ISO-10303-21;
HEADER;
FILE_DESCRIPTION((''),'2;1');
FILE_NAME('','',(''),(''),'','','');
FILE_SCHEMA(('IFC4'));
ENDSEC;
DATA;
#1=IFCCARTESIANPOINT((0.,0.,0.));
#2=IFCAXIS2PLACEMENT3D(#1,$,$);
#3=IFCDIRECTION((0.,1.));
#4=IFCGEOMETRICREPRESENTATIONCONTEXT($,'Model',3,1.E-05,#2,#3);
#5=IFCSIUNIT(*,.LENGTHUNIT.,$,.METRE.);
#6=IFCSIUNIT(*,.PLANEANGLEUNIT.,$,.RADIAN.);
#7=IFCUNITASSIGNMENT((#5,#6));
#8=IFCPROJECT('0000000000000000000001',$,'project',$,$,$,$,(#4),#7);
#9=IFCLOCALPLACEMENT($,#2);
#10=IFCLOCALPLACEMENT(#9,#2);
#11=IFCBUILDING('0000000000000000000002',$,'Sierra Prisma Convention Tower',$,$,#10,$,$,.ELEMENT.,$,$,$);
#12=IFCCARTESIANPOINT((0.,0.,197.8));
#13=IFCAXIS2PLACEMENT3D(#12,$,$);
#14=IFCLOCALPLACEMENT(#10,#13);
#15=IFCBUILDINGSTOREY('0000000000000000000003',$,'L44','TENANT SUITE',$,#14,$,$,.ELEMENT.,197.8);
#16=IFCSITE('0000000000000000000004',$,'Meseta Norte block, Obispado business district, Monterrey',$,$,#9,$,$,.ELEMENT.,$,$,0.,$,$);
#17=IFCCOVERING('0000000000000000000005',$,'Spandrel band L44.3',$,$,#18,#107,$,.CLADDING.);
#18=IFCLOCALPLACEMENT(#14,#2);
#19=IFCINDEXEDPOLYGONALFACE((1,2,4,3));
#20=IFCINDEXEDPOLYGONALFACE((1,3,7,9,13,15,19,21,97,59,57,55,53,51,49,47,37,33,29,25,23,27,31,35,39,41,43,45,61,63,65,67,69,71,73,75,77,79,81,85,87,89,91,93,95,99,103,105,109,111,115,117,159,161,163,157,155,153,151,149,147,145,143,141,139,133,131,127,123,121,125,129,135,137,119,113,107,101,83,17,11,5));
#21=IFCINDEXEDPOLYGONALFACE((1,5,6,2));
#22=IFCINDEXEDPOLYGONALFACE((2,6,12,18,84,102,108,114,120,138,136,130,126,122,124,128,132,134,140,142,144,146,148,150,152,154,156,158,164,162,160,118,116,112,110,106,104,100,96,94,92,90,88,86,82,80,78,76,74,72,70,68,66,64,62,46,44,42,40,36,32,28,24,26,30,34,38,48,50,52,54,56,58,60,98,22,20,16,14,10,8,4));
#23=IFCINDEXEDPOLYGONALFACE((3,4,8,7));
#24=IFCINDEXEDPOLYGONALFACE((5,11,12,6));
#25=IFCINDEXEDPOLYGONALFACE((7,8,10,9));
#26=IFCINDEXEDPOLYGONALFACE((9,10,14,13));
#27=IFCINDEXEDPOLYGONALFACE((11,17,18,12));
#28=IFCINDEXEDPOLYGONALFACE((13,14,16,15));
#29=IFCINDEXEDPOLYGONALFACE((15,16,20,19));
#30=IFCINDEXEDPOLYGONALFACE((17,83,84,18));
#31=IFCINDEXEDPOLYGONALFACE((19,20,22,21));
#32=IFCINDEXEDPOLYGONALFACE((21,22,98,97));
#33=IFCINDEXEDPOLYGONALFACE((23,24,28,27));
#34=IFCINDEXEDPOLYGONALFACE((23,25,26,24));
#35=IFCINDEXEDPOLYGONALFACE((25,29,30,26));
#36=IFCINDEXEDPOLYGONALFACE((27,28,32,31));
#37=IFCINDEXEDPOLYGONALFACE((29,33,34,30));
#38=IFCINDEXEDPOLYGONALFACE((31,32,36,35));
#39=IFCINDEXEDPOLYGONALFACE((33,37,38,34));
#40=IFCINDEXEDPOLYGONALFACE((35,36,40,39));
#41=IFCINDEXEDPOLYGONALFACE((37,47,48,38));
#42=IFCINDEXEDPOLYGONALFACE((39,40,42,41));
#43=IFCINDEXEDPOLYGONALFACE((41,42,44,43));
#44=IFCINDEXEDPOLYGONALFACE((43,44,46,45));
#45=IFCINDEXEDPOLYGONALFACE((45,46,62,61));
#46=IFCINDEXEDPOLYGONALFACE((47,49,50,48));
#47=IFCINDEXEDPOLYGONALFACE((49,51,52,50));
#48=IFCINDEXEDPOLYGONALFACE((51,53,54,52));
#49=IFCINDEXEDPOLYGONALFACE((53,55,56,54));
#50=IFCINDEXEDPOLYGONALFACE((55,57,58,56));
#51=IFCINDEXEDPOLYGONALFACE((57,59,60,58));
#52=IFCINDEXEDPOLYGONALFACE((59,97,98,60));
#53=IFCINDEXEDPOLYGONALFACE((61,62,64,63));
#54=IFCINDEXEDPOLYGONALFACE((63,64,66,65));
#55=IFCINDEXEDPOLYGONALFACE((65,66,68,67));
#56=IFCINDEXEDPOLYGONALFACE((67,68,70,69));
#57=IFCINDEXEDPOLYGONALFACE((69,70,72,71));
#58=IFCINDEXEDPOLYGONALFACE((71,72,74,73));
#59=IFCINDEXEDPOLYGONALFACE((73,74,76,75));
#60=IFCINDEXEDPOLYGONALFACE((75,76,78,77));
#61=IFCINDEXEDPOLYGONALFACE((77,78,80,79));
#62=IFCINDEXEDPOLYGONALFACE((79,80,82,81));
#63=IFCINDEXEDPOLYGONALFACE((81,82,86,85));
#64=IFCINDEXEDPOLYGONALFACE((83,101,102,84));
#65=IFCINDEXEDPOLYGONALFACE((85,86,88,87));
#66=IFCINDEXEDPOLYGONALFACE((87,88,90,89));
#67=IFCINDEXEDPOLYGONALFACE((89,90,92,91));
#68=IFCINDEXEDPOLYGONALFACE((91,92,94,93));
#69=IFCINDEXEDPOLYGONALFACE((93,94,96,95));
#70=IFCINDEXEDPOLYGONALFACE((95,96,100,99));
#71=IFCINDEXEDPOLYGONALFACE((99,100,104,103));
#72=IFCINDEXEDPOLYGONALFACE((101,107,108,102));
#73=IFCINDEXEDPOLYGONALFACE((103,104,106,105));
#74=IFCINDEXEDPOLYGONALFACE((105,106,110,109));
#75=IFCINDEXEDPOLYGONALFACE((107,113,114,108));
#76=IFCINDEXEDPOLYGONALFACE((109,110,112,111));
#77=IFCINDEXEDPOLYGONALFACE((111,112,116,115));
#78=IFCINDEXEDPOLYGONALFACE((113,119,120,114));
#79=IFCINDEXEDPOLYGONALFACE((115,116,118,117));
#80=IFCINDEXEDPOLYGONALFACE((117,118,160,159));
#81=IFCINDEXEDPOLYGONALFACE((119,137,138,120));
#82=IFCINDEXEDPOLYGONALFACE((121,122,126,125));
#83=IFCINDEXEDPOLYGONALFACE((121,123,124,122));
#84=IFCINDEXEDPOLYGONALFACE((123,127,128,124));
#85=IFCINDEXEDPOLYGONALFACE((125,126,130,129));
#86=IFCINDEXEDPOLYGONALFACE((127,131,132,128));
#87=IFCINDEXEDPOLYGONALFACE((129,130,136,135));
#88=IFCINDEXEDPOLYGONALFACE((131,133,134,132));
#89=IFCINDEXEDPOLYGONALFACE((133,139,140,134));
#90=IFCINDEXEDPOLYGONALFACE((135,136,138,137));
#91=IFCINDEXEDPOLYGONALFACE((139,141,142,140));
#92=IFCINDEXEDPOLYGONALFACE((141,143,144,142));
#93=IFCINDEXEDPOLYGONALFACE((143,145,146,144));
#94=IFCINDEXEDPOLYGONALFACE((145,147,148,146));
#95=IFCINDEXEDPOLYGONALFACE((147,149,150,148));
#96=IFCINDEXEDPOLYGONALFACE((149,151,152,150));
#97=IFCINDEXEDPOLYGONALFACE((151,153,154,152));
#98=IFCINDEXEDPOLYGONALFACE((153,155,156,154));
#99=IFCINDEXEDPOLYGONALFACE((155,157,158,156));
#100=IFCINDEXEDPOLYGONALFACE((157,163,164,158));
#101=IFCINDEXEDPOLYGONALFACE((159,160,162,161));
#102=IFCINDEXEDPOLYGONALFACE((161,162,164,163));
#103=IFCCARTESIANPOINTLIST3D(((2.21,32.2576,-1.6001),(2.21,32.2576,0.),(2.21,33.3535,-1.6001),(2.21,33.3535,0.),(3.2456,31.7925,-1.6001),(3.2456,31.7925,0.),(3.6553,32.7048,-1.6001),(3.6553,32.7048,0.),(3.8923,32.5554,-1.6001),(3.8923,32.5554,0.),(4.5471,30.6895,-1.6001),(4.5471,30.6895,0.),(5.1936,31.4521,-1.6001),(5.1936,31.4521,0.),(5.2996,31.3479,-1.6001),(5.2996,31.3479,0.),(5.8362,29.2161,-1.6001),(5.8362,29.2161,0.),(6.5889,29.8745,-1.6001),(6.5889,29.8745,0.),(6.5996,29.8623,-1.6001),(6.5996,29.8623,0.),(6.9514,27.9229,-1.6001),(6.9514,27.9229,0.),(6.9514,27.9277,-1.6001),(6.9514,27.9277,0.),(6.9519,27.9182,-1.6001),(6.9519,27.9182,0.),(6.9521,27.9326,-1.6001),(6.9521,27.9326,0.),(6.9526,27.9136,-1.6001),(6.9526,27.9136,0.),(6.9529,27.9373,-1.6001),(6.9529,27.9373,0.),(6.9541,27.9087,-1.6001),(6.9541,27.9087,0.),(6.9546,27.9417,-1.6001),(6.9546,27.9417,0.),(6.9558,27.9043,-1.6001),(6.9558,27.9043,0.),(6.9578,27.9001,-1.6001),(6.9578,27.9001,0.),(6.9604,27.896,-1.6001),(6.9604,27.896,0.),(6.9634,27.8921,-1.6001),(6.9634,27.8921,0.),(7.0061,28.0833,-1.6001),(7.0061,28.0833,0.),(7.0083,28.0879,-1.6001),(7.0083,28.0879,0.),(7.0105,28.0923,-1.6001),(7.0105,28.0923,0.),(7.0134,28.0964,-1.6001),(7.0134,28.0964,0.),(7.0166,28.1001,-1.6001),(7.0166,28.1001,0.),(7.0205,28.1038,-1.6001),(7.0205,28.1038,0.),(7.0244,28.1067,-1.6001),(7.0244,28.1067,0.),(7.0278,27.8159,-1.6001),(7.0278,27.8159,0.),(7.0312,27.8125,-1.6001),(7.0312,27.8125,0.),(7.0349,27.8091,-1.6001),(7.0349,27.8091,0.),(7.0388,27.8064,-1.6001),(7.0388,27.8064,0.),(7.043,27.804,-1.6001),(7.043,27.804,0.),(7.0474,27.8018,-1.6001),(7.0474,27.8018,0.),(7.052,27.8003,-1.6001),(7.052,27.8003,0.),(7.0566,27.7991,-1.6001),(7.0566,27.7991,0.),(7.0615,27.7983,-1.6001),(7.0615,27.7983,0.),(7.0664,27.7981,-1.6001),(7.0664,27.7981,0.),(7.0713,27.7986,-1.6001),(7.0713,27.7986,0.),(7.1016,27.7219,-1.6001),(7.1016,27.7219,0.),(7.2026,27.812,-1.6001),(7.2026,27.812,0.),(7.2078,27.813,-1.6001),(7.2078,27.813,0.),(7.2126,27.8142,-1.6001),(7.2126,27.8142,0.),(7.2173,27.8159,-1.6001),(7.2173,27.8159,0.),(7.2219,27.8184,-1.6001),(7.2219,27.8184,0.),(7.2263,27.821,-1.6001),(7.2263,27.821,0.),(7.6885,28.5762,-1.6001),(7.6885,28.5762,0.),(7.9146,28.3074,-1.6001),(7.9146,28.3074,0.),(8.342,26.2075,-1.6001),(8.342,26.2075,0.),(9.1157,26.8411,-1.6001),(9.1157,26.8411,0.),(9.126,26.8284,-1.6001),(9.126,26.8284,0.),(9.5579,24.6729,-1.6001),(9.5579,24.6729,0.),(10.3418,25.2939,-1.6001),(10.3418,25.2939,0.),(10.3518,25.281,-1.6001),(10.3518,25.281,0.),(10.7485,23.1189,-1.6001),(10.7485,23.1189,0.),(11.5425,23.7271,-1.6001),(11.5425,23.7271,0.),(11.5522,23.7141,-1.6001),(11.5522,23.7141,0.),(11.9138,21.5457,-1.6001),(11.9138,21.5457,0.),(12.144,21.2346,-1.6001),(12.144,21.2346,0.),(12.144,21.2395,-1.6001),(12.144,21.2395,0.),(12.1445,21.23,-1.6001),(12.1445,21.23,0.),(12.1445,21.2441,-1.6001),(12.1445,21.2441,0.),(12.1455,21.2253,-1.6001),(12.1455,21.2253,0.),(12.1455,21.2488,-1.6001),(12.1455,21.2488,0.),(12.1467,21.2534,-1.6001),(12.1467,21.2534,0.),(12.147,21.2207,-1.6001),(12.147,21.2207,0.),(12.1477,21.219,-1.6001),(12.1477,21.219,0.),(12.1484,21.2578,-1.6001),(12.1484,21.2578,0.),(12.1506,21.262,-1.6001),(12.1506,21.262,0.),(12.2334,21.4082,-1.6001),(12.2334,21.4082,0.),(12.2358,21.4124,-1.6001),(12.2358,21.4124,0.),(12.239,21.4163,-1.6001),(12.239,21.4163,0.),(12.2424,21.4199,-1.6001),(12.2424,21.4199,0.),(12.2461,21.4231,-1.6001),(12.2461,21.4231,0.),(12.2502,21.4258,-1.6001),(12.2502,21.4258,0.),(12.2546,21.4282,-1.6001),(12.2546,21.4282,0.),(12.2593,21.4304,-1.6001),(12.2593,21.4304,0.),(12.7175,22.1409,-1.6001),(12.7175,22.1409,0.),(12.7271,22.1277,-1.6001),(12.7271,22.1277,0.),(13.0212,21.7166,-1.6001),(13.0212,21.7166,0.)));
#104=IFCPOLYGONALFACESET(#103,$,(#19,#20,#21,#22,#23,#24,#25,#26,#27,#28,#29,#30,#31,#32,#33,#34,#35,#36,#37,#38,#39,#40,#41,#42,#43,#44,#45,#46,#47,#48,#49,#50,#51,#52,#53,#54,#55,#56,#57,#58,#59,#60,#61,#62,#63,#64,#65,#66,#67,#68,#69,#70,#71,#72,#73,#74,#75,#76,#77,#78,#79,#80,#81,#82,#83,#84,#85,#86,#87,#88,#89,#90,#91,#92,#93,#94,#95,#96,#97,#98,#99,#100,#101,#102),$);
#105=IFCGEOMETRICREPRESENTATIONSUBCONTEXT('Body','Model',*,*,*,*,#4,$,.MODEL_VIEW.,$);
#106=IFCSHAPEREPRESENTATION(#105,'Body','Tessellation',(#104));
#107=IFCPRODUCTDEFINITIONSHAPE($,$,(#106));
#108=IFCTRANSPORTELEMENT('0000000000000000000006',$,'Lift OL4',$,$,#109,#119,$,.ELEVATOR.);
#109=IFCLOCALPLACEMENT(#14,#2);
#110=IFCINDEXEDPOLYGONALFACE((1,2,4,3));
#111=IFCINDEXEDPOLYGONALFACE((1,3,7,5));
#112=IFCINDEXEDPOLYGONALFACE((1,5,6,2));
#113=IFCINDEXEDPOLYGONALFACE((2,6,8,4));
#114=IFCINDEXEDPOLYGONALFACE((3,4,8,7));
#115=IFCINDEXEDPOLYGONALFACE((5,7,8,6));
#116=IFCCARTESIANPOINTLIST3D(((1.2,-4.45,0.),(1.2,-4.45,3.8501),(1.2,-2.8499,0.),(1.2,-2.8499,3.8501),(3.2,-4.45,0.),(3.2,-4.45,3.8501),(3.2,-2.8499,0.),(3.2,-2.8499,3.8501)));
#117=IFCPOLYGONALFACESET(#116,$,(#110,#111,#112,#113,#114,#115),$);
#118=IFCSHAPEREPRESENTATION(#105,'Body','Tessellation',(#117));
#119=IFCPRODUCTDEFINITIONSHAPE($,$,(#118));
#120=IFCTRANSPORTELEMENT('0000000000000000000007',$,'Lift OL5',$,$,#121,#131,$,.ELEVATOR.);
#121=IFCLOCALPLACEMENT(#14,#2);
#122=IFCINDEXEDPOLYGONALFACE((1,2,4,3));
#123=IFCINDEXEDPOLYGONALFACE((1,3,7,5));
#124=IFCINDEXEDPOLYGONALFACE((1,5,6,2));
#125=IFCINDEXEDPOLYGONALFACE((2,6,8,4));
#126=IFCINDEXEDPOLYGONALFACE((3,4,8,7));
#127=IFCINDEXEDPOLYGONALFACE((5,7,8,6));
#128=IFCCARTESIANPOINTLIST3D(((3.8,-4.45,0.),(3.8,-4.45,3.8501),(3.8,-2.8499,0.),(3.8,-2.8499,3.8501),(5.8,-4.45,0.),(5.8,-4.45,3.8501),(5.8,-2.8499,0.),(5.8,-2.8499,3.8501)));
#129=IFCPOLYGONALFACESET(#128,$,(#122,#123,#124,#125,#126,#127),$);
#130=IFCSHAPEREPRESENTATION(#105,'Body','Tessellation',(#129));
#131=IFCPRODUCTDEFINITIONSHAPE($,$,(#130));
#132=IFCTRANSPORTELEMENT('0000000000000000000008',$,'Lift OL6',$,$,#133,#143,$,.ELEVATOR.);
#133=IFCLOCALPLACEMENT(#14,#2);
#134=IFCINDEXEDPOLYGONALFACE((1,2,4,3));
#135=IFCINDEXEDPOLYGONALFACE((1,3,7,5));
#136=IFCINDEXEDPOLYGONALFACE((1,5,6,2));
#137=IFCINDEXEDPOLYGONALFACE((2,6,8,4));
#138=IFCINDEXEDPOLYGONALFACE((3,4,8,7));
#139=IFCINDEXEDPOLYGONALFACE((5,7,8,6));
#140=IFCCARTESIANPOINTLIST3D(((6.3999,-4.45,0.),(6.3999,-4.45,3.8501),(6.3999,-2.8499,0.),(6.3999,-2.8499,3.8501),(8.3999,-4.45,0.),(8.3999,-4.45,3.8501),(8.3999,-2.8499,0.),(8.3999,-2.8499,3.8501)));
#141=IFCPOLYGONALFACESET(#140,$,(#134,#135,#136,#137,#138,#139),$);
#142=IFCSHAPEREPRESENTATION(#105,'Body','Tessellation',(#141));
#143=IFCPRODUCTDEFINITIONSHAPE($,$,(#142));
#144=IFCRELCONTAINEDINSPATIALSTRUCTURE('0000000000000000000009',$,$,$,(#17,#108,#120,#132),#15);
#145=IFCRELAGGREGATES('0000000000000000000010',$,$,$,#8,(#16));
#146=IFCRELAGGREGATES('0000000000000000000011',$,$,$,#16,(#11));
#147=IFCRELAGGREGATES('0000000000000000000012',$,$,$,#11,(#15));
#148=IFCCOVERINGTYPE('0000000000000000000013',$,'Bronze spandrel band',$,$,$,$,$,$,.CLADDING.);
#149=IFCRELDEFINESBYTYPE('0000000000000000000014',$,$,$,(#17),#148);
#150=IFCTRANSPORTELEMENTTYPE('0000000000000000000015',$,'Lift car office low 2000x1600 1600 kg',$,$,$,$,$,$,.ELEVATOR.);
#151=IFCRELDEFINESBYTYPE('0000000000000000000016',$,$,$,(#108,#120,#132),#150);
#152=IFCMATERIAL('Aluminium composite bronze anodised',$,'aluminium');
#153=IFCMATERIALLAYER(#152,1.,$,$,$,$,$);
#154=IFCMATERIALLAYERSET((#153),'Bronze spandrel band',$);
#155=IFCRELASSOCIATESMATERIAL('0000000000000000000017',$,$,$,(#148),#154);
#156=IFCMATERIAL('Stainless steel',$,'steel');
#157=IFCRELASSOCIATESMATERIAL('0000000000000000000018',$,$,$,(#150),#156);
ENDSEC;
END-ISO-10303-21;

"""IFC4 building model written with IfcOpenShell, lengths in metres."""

from ifc_helpers import new_model, si_unit, direction, frame, origin, origin_2d, place, context, subcontext, project, spatial, polyline, rectangle, outline, extrude, material, layer, layer_set, type_object, element, save


model = new_model("IFC4")

# Units and contexts
model_context = context("Model", 3, precision=1e-05, world=origin(), true_north=direction((0.0, 1.0)))
body_context = subcontext(model_context, "Body", "Model", "MODEL_VIEW")
ifc_project = project(units=[si_unit("LENGTHUNIT", "METRE"), si_unit("PLANEANGLEUNIT", "RADIAN")], contexts=[model_context])

# Site, building, storey
site_placement = place(None, origin())
site = spatial("IfcSite", under=ifc_project, at=site_placement, Name="Meseta Norte block, Obispado business district, Monterrey", CompositionType="ELEMENT", RefElevation=0.0)
building_placement = place(site_placement, origin())
building = spatial("IfcBuilding", under=site, at=building_placement, Name="Sierra Prisma Convention Tower", CompositionType="ELEMENT")
storey_placement = place(building_placement, frame((0.0, 0.0, 197.8)))
storey = spatial("IfcBuildingStorey", under=building, at=storey_placement, Name="L44", Description="TENANT SUITE", CompositionType="ELEMENT", Elevation=197.8)

# Covering
ifc_material_1 = material(Name="Aluminium composite bronze anodised", Category="aluminium")
ifc_layer_1 = layer(ifc_material_1, 1.0)
ifc_layer_set_1 = layer_set([ifc_layer_1], Name="Bronze spandrel band")
covering_type = type_object("IfcCoveringType", Name="Bronze spandrel band", PredefinedType="CLADDING", material=ifc_layer_set_1)
covering_1_placement = place(storey_placement, frame((0.0, 0.0, -1.6001)))
element("IfcCovering", 1, at=covering_1_placement, inside=storey, type_object=covering_type, Name="Spandrel band L44.3", PredefinedType="CLADDING", context=body_context, shape_type="SweptSolid", body=[
    extrude(outline(polyline([(5.1936, 31.4521), (5.2996, 31.3479), (6.5889, 29.8745), (6.5996, 29.8623), (7.6885, 28.5762), (7.0244, 28.1067), (7.0205, 28.1038), (7.0166, 28.1001), (7.0134, 28.0964), (7.0105, 28.0923), (7.0083, 28.0879), (7.0061, 28.0833), (6.9546, 27.9417), (6.9529, 27.9373), (6.9521, 27.9326), (6.9514, 27.9277), (6.9514, 27.9229), (6.9519, 27.9182), (6.9526, 27.9136), (6.9541, 27.9087), (6.9558, 27.9043), (6.9578, 27.9001), (6.9604, 27.896), (6.9634, 27.8921), (7.0278, 27.8159), (7.0312, 27.8125), (7.0349, 27.8091), (7.0388, 27.8064), (7.043, 27.804), (7.0474, 27.8018), (7.052, 27.8003), (7.0566, 27.7991), (7.0615, 27.7983), (7.0664, 27.7981), (7.0713, 27.7986), (7.2026, 27.812), (7.2078, 27.813), (7.2126, 27.8142), (7.2173, 27.8159), (7.2219, 27.8184), (7.2263, 27.821), (7.9146, 28.3074), (9.1157, 26.8411), (9.126, 26.8284), (10.3418, 25.2939), (10.3518, 25.281), (11.5425, 23.7271), (11.5522, 23.7141), (12.7175, 22.1409), (12.7271, 22.1277), (13.0212, 21.7166), (12.2593, 21.4304), (12.2546, 21.4282), (12.2502, 21.4258), (12.2461, 21.4231), (12.2424, 21.4199), (12.239, 21.4163), (12.2358, 21.4124), (12.2334, 21.4082), (12.1506, 21.262), (12.1484, 21.2578), (12.1467, 21.2534), (12.1455, 21.2488), (12.1445, 21.2441), (12.144, 21.2395), (12.144, 21.2346), (12.1445, 21.23), (12.1455, 21.2253), (12.147, 21.2207), (12.1477, 21.219), (11.9138, 21.5457), (10.7485, 23.1189), (9.5579, 24.6729), (8.342, 26.2075), (7.1016, 27.7219), (5.8362, 29.2161), (4.5471, 30.6895), (3.2456, 31.7925), (2.21, 32.2576), (2.21, 33.3535), (3.6553, 32.7048), (3.8923, 32.5554), (5.1936, 31.4521)])), origin(), (0.0, 0.0, 1.0), 1.6001),
])

# Transport elements
ifc_material_2 = material(Name="Stainless steel", Category="steel")
transport_element_type = type_object("IfcTransportElementType", Name="Lift car office low 2000x1600 1600 kg", PredefinedType="ELEVATOR", material=ifc_material_2)
for number, where, z_axis, x_axis, name in (
    (2, (2.2, -3.6499, 0.0), (0.0, 0.0, 1.0), (1.0, 0.0, 0.0), "Lift OL4"),
    (3, (4.8, -3.6499, 0.0), (0.0, 0.0, 1.0), (1.0, 0.0, 0.0), "Lift OL5"),
    (4, (7.3999, -3.6499, 0.0), (0.0, 0.0, 1.0), (1.0, 0.0, 0.0), "Lift OL6"),
):
    element("IfcTransportElement", number, at=place(storey_placement, frame(where, z_axis=z_axis, x_axis=x_axis)), inside=storey, type_object=transport_element_type, Name=name, PredefinedType="ELEVATOR", context=body_context, shape_type="SweptSolid", body=[
        extrude(rectangle(XDim=2.0, YDim=1.6001, at=origin_2d()), origin(), (0.0, 0.0, 1.0), 3.8501),
    ])

save(model, "model.ifc")
